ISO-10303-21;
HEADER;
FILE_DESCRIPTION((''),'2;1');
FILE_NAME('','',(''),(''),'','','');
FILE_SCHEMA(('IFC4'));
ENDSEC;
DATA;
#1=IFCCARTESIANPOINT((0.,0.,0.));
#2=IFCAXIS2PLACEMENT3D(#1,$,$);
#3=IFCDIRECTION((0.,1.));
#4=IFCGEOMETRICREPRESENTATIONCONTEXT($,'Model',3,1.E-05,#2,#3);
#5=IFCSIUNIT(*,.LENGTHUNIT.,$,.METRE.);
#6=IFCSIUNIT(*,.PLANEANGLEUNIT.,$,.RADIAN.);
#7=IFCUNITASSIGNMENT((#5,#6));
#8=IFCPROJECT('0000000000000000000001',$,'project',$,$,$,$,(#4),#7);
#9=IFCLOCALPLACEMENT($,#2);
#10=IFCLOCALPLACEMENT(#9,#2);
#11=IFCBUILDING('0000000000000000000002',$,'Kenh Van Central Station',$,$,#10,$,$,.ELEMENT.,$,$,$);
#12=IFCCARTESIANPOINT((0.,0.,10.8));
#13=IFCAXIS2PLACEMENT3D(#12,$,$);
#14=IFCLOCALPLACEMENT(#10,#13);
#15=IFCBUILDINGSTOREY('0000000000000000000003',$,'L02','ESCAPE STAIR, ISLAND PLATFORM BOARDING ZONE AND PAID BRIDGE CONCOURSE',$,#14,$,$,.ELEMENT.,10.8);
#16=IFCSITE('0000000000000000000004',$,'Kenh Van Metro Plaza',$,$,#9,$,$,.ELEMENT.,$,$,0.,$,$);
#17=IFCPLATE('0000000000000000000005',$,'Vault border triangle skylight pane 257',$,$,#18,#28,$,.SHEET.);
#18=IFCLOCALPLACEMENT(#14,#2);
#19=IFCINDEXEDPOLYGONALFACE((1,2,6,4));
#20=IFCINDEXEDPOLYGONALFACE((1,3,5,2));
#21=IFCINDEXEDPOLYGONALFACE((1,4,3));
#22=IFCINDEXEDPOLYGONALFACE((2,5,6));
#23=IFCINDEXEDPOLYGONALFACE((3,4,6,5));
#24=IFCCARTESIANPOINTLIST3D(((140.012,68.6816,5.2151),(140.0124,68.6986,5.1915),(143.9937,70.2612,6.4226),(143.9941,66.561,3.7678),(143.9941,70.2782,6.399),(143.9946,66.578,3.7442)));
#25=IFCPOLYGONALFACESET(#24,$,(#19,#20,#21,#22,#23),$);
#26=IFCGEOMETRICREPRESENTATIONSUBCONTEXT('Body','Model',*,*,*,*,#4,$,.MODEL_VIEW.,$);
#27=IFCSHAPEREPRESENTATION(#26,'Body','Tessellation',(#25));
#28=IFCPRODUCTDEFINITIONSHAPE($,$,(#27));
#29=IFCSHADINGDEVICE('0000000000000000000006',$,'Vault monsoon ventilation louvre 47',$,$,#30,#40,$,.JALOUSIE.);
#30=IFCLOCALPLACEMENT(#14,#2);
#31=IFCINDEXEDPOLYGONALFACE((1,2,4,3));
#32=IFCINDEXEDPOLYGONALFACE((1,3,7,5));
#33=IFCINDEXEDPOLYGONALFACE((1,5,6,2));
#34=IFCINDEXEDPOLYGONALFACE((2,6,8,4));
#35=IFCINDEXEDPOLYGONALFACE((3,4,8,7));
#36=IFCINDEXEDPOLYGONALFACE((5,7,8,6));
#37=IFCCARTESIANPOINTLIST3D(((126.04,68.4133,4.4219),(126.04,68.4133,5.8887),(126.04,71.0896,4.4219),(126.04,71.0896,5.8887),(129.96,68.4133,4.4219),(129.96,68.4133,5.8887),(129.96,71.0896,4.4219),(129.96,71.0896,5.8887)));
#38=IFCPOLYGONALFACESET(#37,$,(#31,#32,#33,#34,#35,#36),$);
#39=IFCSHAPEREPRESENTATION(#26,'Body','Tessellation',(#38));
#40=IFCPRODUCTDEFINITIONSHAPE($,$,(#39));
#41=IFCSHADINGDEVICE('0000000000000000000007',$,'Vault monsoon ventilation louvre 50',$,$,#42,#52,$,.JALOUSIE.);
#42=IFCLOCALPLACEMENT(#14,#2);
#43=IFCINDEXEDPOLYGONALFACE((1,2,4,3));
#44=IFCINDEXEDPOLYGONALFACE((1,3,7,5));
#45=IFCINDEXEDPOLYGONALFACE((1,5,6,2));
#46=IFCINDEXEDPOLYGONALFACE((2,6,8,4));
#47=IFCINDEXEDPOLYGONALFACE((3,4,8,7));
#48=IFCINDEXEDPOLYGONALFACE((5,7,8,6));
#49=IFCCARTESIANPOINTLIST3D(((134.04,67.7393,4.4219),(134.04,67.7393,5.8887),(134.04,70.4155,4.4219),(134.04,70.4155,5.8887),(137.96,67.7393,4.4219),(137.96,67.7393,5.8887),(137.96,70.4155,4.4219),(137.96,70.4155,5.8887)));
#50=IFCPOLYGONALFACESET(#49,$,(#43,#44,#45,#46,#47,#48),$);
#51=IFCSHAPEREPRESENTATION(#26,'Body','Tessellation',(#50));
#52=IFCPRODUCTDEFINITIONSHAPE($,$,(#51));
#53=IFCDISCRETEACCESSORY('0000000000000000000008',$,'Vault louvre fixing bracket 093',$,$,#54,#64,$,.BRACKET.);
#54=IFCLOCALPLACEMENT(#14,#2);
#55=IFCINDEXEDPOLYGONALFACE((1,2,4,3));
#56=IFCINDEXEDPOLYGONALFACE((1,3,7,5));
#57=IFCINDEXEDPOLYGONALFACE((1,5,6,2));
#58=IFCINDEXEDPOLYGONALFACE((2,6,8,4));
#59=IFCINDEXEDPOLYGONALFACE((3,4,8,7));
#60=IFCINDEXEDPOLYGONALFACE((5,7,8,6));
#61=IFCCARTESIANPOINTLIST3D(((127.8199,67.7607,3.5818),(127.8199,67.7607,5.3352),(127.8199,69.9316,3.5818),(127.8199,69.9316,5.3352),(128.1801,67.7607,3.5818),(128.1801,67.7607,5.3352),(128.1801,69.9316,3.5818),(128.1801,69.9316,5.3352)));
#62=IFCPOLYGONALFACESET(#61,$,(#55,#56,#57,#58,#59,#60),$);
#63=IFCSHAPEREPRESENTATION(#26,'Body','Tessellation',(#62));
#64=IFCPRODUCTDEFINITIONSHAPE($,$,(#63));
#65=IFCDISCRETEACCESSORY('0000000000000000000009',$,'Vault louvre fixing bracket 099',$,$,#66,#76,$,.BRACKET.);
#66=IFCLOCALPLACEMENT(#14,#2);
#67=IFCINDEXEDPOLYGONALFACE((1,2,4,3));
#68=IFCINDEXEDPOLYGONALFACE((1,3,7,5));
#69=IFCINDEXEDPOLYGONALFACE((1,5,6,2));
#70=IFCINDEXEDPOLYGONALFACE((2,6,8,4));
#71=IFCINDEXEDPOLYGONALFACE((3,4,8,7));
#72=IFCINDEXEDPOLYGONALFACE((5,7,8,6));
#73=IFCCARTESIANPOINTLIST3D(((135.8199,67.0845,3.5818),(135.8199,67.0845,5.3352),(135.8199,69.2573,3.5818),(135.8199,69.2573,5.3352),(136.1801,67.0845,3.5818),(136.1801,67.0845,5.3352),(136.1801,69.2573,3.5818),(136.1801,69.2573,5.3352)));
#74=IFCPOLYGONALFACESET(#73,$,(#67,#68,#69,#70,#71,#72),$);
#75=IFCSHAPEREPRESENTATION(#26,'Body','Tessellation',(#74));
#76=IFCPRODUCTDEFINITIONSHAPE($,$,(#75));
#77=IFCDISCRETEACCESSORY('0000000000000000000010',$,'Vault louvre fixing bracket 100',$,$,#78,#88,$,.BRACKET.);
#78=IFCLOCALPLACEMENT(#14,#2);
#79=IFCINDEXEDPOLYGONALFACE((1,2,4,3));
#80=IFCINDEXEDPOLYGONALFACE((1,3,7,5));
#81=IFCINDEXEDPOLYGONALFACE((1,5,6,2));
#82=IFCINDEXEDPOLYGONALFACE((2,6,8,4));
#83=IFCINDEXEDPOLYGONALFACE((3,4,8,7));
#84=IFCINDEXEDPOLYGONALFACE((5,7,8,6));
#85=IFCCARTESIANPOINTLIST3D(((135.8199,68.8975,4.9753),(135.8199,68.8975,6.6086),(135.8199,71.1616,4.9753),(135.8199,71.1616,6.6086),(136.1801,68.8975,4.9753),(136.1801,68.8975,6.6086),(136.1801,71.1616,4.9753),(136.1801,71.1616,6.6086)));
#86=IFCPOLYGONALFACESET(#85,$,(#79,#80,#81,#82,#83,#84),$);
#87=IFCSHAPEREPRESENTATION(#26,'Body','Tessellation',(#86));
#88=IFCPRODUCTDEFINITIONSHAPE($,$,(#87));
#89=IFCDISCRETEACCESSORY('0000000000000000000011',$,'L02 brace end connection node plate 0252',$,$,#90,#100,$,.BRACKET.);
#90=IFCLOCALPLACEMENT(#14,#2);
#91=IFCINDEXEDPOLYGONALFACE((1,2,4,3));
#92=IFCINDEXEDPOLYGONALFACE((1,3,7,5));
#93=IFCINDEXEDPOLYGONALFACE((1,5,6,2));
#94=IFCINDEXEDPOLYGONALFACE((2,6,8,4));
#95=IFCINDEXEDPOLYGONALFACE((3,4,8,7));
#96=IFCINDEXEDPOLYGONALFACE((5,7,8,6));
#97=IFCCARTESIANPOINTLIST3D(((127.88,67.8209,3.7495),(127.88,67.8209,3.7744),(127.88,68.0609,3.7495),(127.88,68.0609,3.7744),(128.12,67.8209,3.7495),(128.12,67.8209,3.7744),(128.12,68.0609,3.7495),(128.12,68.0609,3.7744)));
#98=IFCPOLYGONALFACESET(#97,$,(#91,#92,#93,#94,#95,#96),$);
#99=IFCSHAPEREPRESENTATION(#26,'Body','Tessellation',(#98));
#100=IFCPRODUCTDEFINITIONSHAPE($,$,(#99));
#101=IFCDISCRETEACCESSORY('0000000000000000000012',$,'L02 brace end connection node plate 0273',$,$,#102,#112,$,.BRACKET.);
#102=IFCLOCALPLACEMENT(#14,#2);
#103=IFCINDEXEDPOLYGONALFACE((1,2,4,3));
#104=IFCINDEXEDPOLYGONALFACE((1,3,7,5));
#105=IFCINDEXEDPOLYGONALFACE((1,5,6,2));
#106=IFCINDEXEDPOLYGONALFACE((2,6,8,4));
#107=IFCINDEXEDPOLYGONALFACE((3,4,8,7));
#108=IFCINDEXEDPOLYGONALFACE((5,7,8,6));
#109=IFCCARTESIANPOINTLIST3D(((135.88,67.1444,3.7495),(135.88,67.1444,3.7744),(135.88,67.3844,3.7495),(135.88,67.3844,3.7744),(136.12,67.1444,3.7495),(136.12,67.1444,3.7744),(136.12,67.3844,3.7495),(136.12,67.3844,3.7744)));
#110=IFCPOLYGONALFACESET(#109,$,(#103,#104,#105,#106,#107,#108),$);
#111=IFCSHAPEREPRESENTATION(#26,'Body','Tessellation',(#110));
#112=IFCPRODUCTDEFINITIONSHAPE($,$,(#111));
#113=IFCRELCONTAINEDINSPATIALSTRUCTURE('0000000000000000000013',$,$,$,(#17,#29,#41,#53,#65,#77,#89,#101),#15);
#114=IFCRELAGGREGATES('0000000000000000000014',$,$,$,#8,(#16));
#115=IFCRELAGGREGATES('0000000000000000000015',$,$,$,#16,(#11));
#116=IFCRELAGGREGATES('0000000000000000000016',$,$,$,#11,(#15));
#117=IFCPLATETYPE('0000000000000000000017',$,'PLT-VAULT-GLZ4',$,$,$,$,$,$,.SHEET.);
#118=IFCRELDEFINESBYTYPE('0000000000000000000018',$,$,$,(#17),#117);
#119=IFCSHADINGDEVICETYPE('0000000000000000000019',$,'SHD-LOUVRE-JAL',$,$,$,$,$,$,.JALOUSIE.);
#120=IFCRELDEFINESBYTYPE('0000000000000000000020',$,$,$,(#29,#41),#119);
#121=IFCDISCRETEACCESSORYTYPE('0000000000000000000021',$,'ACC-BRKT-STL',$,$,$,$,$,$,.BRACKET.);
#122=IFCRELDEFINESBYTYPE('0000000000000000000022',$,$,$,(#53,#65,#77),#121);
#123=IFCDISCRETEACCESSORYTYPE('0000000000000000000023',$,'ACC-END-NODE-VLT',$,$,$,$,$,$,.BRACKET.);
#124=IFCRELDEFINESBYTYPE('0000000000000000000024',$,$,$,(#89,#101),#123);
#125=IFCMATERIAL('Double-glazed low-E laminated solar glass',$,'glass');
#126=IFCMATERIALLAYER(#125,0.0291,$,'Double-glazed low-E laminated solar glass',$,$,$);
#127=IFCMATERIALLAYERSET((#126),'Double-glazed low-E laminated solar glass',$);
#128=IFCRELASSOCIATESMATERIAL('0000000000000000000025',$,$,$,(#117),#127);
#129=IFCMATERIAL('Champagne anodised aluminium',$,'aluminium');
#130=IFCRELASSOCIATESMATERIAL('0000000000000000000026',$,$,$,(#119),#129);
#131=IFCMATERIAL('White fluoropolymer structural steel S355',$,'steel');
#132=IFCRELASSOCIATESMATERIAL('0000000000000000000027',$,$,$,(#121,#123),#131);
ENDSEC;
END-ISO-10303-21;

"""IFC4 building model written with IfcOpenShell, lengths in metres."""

from ifc_helpers import new_model, si_unit, direction, frame, origin, origin_2d, place, context, subcontext, project, spatial, polyline, rectangle, outline, extrude, material, layer, layer_set, type_object, element, save


model = new_model("IFC4")

# Units and contexts
model_context = context("Model", 3, precision=1e-05, world=origin(), true_north=direction((0.0, 1.0)))
body_context = subcontext(model_context, "Body", "Model", "MODEL_VIEW")
ifc_project = project(units=[si_unit("LENGTHUNIT", "METRE"), si_unit("PLANEANGLEUNIT", "RADIAN")], contexts=[model_context])

# Site, building, storey
site_placement = place(None, origin())
site = spatial("IfcSite", under=ifc_project, at=site_placement, Name="Kenh Van Metro Plaza", CompositionType="ELEMENT", RefElevation=0.0)
building_placement = place(site_placement, origin())
building = spatial("IfcBuilding", under=site, at=building_placement, Name="Kenh Van Central Station", CompositionType="ELEMENT")
storey_placement = place(building_placement, frame((0.0, 0.0, 10.8)))
storey = spatial("IfcBuildingStorey", under=building, at=storey_placement, Name="L02", Description="ESCAPE STAIR, ISLAND PLATFORM BOARDING ZONE AND PAID BRIDGE CONCOURSE", CompositionType="ELEMENT", Elevation=10.8)

# Shared definitions
ifc_material_1 = material(Name="White fluoropolymer structural steel S355", Category="steel")

# Plate
ifc_material_2 = material(Name="Double-glazed low-E laminated solar glass", Category="glass")
ifc_layer_1 = layer(ifc_material_2, 0.0291, Name="Double-glazed low-E laminated solar glass")
ifc_layer_set_1 = layer_set([ifc_layer_1], Name="Double-glazed low-E laminated solar glass")
plate_type_1 = type_object("IfcPlateType", Name="PLT-VAULT-GLZ4", PredefinedType="SHEET", material=ifc_layer_set_1)
plate_1_placement = place(storey_placement, frame((143.9941, 66.561, 3.7678), z_axis=(-0.015141, -0.582885, 0.812413), x_axis=(-0.000107, 0.812507, 0.582951)))
element("IfcPlate", 1, at=plate_1_placement, inside=storey, type_object=plate_type_1, Name="Vault border triangle skylight pane 257", PredefinedType="SHEET", context=body_context, shape_type="SweptSolid", body=[
    extrude(outline(polyline([(0.0, 0.0), (4.554, 0.0), (2.5671, 3.9824), (0.0, 0.0)])), origin(), (0.0, 0.0, -1.0), 0.0291),
])

# Shared definitions
ifc_material_3 = material(Name="Champagne anodised aluminium", Category="aluminium")

# Shading devices
shading_device_type = type_object("IfcShadingDeviceType", Name="SHD-LOUVRE-JAL", PredefinedType="JALOUSIE", material=ifc_material_3)
for number, where, z_axis, x_axis, name in (
    (2, (128.0, 69.7515, 4.4219), (0.0, 0.0, 1.0), (1.0, 0.0, 0.0), "Vault monsoon ventilation louvre 47"),
    (3, (136.0, 69.0774, 4.4219), (0.0, 0.0, 1.0), (1.0, 0.0, 0.0), "Vault monsoon ventilation louvre 50"),
):
    element("IfcShadingDevice", number, at=place(storey_placement, frame(where, z_axis=z_axis, x_axis=x_axis)), inside=storey, type_object=shading_device_type, Name=name, PredefinedType="JALOUSIE", context=body_context, shape_type="SweptSolid", body=[
        extrude(rectangle(XDim=3.9199, YDim=2.6763, at=origin_2d()), origin(), (0.0, 0.0, 1.0), 1.4668),
    ])

# Discrete accessories
discrete_accessory_type_1 = type_object("IfcDiscreteAccessoryType", Name="ACC-BRKT-STL", PredefinedType="BRACKET", material=ifc_material_1)
discrete_accessory_1_placement = place(storey_placement, frame((128.0, 68.8462, 3.5818), z_axis=(0.0, 0.0, 1.0), x_axis=(1.0, 0.0, 0.0)))
element("IfcDiscreteAccessory", 4, at=discrete_accessory_1_placement, inside=storey, type_object=discrete_accessory_type_1, Name="Vault louvre fixing bracket 093", PredefinedType="BRACKET", context=body_context, shape_type="SweptSolid", body=[
    extrude(rectangle(XDim=0.3601, YDim=2.1709, at=origin_2d()), origin(), (0.0, 0.0, 1.0), 1.7534),
])
discrete_accessory_2_placement = place(storey_placement, frame((136.0, 68.1709, 3.5818), z_axis=(0.0, 0.0, 1.0), x_axis=(1.0, 0.0, 0.0)))
element("IfcDiscreteAccessory", 5, at=discrete_accessory_2_placement, inside=storey, type_object=discrete_accessory_type_1, Name="Vault louvre fixing bracket 099", PredefinedType="BRACKET", context=body_context, shape_type="SweptSolid", body=[
    extrude(rectangle(XDim=0.3601, YDim=2.1729, at=origin_2d()), origin(), (0.0, 0.0, 1.0), 1.7534),
])
discrete_accessory_3_placement = place(storey_placement, frame((136.0, 70.0295, 4.9753), z_axis=(0.0, 0.0, 1.0), x_axis=(1.0, 0.0, 0.0)))
element("IfcDiscreteAccessory", 6, at=discrete_accessory_3_placement, inside=storey, type_object=discrete_accessory_type_1, Name="Vault louvre fixing bracket 100", PredefinedType="BRACKET", context=body_context, shape_type="SweptSolid", body=[
    extrude(rectangle(XDim=0.3601, YDim=2.2642, at=origin_2d()), origin(), (0.0, 0.0, 1.0), 1.6333),
])
discrete_accessory_type_2 = type_object("IfcDiscreteAccessoryType", Name="ACC-END-NODE-VLT", PredefinedType="BRACKET", material=ifc_material_1)
for number, where, z_axis, x_axis, name in (
    (7, (128.0, 67.9409, 3.7495), (0.0, 0.0, 1.0), (1.0, 0.0, 0.0), "L02 brace end connection node plate 0252"),
    (8, (136.0, 67.2644, 3.7495), (0.0, 0.0, 1.0), (1.0, 0.0, 0.0), "L02 brace end connection node plate 0273"),
):
    element("IfcDiscreteAccessory", number, at=place(storey_placement, frame(where, z_axis=z_axis, x_axis=x_axis)), inside=storey, type_object=discrete_accessory_type_2, Name=name, PredefinedType="BRACKET", context=body_context, shape_type="SweptSolid", body=[
        extrude(rectangle(XDim=0.24, YDim=0.24, at=origin_2d()), origin(), (0.0, 0.0, 1.0), 0.0249),
    ])

save(model, "model.ifc")
